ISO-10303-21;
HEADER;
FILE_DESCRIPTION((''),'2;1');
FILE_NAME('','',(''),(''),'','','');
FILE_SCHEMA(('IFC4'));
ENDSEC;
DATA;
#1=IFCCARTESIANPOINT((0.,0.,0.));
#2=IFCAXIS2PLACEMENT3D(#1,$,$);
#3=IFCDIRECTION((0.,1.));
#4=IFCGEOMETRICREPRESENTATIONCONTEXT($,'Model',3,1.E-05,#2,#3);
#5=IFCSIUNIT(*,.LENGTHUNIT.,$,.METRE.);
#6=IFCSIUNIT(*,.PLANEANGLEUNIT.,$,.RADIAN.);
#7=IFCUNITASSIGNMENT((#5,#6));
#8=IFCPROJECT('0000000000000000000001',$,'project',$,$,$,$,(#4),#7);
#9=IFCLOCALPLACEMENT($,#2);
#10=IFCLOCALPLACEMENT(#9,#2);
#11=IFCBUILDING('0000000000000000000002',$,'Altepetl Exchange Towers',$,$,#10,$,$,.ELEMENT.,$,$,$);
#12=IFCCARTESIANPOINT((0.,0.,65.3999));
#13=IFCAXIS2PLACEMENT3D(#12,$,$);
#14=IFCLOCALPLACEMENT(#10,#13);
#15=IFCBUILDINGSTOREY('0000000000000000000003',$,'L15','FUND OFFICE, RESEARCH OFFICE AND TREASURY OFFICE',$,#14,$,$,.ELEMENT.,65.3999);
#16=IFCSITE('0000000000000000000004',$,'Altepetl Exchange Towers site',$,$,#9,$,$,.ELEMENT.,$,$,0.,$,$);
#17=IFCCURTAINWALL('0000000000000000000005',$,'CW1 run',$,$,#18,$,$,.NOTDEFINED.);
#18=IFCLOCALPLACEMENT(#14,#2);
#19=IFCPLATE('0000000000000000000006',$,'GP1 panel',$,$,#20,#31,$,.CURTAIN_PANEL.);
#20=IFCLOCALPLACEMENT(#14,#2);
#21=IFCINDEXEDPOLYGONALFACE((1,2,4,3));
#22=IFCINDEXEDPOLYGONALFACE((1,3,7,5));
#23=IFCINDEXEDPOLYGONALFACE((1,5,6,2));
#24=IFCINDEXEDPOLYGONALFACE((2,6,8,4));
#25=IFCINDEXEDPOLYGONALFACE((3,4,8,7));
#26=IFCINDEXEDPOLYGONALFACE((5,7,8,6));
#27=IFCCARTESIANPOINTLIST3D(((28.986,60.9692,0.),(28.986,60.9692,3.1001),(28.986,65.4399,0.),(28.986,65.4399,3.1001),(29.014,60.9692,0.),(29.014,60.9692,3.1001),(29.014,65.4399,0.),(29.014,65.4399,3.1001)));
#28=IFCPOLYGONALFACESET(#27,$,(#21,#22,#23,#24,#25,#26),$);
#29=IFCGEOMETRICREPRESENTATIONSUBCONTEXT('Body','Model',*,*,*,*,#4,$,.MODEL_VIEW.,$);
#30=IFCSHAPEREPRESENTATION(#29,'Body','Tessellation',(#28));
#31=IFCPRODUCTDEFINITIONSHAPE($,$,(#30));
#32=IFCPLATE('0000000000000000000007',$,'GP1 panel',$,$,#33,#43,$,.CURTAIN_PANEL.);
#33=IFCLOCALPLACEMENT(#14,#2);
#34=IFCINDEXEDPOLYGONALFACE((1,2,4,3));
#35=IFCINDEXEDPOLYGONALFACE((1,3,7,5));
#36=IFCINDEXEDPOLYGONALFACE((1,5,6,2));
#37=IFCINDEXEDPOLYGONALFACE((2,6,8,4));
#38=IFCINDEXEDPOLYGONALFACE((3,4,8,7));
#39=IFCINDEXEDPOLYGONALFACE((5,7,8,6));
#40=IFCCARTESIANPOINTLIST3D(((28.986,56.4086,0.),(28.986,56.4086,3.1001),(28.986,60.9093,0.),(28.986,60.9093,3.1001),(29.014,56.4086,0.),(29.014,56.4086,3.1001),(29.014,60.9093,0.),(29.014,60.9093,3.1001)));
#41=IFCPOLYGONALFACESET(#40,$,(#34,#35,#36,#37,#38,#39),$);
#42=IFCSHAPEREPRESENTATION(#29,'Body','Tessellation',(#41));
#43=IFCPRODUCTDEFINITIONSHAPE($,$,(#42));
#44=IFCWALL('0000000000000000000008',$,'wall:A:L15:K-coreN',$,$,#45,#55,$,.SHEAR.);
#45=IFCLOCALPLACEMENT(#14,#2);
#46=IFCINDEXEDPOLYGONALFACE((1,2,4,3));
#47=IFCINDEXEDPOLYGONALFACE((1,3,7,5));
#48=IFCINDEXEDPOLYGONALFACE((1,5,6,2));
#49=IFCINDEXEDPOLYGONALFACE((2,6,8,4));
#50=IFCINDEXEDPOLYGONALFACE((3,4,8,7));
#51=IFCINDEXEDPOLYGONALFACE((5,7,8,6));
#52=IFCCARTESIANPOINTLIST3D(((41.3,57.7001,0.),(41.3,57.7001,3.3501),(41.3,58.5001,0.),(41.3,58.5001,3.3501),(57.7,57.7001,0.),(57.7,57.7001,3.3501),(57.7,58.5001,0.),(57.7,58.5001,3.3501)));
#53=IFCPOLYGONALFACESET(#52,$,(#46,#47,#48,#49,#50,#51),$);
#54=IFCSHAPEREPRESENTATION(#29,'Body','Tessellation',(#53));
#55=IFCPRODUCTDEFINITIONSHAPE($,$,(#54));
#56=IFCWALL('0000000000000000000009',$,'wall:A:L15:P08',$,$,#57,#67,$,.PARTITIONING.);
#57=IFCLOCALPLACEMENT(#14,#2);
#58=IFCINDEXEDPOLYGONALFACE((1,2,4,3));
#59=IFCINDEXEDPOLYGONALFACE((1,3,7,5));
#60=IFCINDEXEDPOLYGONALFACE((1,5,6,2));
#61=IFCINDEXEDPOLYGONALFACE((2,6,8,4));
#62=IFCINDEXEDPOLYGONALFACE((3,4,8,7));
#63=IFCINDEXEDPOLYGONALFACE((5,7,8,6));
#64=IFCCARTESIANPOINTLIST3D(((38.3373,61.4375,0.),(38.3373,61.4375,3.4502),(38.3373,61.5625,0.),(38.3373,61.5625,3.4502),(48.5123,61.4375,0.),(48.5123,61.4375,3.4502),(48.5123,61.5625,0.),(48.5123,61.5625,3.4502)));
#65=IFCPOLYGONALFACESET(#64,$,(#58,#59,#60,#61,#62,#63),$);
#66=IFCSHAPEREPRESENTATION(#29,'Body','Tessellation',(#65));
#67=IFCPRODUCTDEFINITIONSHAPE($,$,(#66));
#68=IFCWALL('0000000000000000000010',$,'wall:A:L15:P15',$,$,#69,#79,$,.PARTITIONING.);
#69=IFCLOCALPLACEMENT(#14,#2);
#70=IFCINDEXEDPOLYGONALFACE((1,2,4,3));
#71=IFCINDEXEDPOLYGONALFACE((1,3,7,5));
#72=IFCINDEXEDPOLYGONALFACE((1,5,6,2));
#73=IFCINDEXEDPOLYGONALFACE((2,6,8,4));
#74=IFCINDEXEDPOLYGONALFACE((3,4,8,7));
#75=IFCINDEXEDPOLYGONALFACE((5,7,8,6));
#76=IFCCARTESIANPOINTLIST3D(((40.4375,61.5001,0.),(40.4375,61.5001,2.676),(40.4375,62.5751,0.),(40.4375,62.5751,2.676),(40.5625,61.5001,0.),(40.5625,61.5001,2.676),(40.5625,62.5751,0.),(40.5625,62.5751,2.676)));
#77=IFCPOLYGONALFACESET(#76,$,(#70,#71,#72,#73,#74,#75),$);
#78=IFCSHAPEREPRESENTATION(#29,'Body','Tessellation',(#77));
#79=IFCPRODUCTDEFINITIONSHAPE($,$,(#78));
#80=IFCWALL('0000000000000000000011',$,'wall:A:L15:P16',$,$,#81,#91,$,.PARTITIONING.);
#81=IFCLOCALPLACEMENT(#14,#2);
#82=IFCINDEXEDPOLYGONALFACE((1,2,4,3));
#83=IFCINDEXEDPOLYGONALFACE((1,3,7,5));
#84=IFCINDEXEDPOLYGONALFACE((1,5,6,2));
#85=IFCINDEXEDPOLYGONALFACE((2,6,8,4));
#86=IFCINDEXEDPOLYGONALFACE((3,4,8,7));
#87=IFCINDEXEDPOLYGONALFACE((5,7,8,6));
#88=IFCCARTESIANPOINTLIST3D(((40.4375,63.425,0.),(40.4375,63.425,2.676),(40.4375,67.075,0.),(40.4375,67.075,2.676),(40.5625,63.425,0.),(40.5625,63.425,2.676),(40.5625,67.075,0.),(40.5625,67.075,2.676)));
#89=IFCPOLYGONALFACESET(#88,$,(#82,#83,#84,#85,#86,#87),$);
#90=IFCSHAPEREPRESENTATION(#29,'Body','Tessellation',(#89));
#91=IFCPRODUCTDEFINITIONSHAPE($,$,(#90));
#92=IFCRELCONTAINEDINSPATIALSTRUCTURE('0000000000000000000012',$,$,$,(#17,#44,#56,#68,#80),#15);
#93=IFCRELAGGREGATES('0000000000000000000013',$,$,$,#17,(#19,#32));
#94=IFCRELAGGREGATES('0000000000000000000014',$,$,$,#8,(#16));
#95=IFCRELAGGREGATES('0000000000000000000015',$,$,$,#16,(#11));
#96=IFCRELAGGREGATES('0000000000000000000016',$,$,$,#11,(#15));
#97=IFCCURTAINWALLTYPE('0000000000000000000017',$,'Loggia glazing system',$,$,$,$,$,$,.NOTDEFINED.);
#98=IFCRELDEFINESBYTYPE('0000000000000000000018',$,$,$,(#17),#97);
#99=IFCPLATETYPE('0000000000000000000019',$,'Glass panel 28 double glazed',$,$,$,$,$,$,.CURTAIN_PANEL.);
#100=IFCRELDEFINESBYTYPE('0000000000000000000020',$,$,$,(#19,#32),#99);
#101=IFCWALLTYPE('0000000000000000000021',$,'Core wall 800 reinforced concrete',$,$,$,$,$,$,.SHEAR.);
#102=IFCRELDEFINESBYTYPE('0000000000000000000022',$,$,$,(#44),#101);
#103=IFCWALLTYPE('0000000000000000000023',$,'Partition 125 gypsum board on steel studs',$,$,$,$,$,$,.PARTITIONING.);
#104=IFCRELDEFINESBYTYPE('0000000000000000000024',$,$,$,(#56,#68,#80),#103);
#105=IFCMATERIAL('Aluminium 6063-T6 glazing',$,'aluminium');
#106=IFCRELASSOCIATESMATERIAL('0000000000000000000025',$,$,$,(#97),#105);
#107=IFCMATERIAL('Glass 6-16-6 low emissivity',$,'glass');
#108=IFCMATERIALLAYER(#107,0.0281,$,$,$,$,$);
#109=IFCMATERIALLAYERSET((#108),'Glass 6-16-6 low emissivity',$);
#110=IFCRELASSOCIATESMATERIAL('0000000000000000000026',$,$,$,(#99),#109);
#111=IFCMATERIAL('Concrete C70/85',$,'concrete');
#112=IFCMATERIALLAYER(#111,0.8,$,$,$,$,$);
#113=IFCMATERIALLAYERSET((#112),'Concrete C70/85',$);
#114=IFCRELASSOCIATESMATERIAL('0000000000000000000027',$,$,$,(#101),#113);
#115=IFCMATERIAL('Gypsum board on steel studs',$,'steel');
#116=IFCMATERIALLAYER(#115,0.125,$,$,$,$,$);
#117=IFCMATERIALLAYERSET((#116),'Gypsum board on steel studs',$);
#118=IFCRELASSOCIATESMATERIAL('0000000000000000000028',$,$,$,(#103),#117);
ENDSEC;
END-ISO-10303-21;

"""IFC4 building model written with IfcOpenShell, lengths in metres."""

from ifc_helpers import new_model, si_unit, direction, frame, frame_2d, origin, origin_2d, place, context, subcontext, project, spatial, rectangle, extrude, material, layer, layer_set, type_object, element, aggregate, save


model = new_model("IFC4")

# Units and contexts
model_context = context("Model", 3, precision=1e-05, world=origin(), true_north=direction((0.0, 1.0)))
body_context = subcontext(model_context, "Body", "Model", "MODEL_VIEW")
ifc_project = project(units=[si_unit("LENGTHUNIT", "METRE"), si_unit("PLANEANGLEUNIT", "RADIAN")], contexts=[model_context])

# Site, building, storey
site_placement = place(None, origin())
site = spatial("IfcSite", under=ifc_project, at=site_placement, Name="Altepetl Exchange Towers site", CompositionType="ELEMENT", RefElevation=0.0)
building_placement = place(site_placement, origin())
building = spatial("IfcBuilding", under=site, at=building_placement, Name="Altepetl Exchange Towers", CompositionType="ELEMENT")
storey_placement = place(building_placement, frame((0.0, 0.0, 65.3999)))
storey = spatial("IfcBuildingStorey", under=building, at=storey_placement, Name="L15", Description="FUND OFFICE, RESEARCH OFFICE AND TREASURY OFFICE", CompositionType="ELEMENT", Elevation=65.3999)

# Shared definitions
ifc_material_1 = material(Name="Concrete C70/85", Category="concrete")

# Curtain wall
ifc_material_2 = material(Name="Aluminium 6063-T6 glazing", Category="aluminium")
curtain_wall_type = type_object("IfcCurtainWallType", Name="Loggia glazing system", PredefinedType="NOTDEFINED", material=ifc_material_2)
curtain_wall_placement = place(storey_placement, origin())
curtain_wall = element("IfcCurtainWall", 1, at=curtain_wall_placement, inside=storey, type_object=curtain_wall_type, Name="CW1 run", PredefinedType="NOTDEFINED")

# Plates
ifc_material_3 = material(Name="Glass 6-16-6 low emissivity", Category="glass")
ifc_layer_1 = layer(ifc_material_3, 0.0281)
ifc_layer_set_1 = layer_set([ifc_layer_1], Name="Glass 6-16-6 low emissivity")
plate_type = type_object("IfcPlateType", Name="Glass panel 28 double glazed", PredefinedType="CURTAIN_PANEL", material=ifc_layer_set_1)
plate_1_placement = place(storey_placement, frame((29.0, 63.2046, 0.0), z_axis=(0.0, 0.0, 1.0), x_axis=(0.0, -1.0, 0.0)))
plate_1 = element("IfcPlate", 2, at=plate_1_placement, type_object=plate_type, Name="GP1 panel", PredefinedType="CURTAIN_PANEL", context=body_context, shape_type="SweptSolid", body=[
    extrude(rectangle(XDim=4.4707, YDim=0.0281, at=origin_2d()), origin(), (0.0, 0.0, 1.0), 3.1001),
])
plate_2_placement = place(storey_placement, frame((29.0, 58.6589, 0.0), z_axis=(0.0, 0.0, 1.0), x_axis=(0.0, -1.0, 0.0)))
plate_2 = element("IfcPlate", 3, at=plate_2_placement, type_object=plate_type, Name="GP1 panel", PredefinedType="CURTAIN_PANEL", context=body_context, shape_type="SweptSolid", body=[
    extrude(rectangle(XDim=4.5007, YDim=0.0281, at=origin_2d()), origin(), (0.0, 0.0, 1.0), 3.1001),
])
aggregate(curtain_wall, [plate_1, plate_2])

# Walls
ifc_layer_2 = layer(ifc_material_1, 0.8)
ifc_layer_set_2 = layer_set([ifc_layer_2], Name="Concrete C70/85")
wall_type_1 = type_object("IfcWallType", Name="Core wall 800 reinforced concrete", PredefinedType="SHEAR", material=ifc_layer_set_2)
wall_1_placement = place(storey_placement, frame((41.3, 58.1001, 0.0)))
element("IfcWall", 4, at=wall_1_placement, inside=storey, type_object=wall_type_1, Name="wall:A:L15:K-coreN", PredefinedType="SHEAR", context=body_context, shape_type="SweptSolid", body=[
    extrude(rectangle(XDim=16.3999, YDim=0.8, at=frame_2d((8.2, 0.0))), origin(), (0.0, 0.0, 1.0), 3.3501),
])
ifc_material_4 = material(Name="Gypsum board on steel studs", Category="steel")
ifc_layer_3 = layer(ifc_material_4, 0.125)
ifc_layer_set_3 = layer_set([ifc_layer_3], Name="Gypsum board on steel studs")
wall_type_2 = type_object("IfcWallType", Name="Partition 125 gypsum board on steel studs", PredefinedType="PARTITIONING", material=ifc_layer_set_3)
wall_2_placement = place(storey_placement, frame((38.3374, 61.5, 0.0)))
element("IfcWall", 5, at=wall_2_placement, inside=storey, type_object=wall_type_2, Name="wall:A:L15:P08", PredefinedType="PARTITIONING", context=body_context, shape_type="SweptSolid", body=[
    extrude(rectangle(XDim=10.175, YDim=0.125, at=frame_2d((5.0874, 0.0))), origin(), (0.0, 0.0, 1.0), 3.4502),
])
wall_3_placement = place(storey_placement, frame((40.5, 61.5, 0.0), z_axis=(0.0, 0.0, 1.0), x_axis=(0.0, 1.0, 0.0)))
element("IfcWall", 6, at=wall_3_placement, inside=storey, type_object=wall_type_2, Name="wall:A:L15:P15", PredefinedType="PARTITIONING", context=body_context, shape_type="SweptSolid", body=[
    extrude(rectangle(XDim=1.075, YDim=0.125, at=frame_2d((0.5376, 0.0))), origin(), (0.0, 0.0, 1.0), 2.676),
])
wall_4_placement = place(storey_placement, frame((40.5, 63.425, 0.0), z_axis=(0.0, 0.0, 1.0), x_axis=(0.0, 1.0, 0.0)))
element("IfcWall", 7, at=wall_4_placement, inside=storey, type_object=wall_type_2, Name="wall:A:L15:P16", PredefinedType="PARTITIONING", context=body_context, shape_type="SweptSolid", body=[
    extrude(rectangle(XDim=3.6499, YDim=0.125, at=frame_2d((1.825, 0.0))), origin(), (0.0, 0.0, 1.0), 2.676),
])

save(model, "model.ifc")
